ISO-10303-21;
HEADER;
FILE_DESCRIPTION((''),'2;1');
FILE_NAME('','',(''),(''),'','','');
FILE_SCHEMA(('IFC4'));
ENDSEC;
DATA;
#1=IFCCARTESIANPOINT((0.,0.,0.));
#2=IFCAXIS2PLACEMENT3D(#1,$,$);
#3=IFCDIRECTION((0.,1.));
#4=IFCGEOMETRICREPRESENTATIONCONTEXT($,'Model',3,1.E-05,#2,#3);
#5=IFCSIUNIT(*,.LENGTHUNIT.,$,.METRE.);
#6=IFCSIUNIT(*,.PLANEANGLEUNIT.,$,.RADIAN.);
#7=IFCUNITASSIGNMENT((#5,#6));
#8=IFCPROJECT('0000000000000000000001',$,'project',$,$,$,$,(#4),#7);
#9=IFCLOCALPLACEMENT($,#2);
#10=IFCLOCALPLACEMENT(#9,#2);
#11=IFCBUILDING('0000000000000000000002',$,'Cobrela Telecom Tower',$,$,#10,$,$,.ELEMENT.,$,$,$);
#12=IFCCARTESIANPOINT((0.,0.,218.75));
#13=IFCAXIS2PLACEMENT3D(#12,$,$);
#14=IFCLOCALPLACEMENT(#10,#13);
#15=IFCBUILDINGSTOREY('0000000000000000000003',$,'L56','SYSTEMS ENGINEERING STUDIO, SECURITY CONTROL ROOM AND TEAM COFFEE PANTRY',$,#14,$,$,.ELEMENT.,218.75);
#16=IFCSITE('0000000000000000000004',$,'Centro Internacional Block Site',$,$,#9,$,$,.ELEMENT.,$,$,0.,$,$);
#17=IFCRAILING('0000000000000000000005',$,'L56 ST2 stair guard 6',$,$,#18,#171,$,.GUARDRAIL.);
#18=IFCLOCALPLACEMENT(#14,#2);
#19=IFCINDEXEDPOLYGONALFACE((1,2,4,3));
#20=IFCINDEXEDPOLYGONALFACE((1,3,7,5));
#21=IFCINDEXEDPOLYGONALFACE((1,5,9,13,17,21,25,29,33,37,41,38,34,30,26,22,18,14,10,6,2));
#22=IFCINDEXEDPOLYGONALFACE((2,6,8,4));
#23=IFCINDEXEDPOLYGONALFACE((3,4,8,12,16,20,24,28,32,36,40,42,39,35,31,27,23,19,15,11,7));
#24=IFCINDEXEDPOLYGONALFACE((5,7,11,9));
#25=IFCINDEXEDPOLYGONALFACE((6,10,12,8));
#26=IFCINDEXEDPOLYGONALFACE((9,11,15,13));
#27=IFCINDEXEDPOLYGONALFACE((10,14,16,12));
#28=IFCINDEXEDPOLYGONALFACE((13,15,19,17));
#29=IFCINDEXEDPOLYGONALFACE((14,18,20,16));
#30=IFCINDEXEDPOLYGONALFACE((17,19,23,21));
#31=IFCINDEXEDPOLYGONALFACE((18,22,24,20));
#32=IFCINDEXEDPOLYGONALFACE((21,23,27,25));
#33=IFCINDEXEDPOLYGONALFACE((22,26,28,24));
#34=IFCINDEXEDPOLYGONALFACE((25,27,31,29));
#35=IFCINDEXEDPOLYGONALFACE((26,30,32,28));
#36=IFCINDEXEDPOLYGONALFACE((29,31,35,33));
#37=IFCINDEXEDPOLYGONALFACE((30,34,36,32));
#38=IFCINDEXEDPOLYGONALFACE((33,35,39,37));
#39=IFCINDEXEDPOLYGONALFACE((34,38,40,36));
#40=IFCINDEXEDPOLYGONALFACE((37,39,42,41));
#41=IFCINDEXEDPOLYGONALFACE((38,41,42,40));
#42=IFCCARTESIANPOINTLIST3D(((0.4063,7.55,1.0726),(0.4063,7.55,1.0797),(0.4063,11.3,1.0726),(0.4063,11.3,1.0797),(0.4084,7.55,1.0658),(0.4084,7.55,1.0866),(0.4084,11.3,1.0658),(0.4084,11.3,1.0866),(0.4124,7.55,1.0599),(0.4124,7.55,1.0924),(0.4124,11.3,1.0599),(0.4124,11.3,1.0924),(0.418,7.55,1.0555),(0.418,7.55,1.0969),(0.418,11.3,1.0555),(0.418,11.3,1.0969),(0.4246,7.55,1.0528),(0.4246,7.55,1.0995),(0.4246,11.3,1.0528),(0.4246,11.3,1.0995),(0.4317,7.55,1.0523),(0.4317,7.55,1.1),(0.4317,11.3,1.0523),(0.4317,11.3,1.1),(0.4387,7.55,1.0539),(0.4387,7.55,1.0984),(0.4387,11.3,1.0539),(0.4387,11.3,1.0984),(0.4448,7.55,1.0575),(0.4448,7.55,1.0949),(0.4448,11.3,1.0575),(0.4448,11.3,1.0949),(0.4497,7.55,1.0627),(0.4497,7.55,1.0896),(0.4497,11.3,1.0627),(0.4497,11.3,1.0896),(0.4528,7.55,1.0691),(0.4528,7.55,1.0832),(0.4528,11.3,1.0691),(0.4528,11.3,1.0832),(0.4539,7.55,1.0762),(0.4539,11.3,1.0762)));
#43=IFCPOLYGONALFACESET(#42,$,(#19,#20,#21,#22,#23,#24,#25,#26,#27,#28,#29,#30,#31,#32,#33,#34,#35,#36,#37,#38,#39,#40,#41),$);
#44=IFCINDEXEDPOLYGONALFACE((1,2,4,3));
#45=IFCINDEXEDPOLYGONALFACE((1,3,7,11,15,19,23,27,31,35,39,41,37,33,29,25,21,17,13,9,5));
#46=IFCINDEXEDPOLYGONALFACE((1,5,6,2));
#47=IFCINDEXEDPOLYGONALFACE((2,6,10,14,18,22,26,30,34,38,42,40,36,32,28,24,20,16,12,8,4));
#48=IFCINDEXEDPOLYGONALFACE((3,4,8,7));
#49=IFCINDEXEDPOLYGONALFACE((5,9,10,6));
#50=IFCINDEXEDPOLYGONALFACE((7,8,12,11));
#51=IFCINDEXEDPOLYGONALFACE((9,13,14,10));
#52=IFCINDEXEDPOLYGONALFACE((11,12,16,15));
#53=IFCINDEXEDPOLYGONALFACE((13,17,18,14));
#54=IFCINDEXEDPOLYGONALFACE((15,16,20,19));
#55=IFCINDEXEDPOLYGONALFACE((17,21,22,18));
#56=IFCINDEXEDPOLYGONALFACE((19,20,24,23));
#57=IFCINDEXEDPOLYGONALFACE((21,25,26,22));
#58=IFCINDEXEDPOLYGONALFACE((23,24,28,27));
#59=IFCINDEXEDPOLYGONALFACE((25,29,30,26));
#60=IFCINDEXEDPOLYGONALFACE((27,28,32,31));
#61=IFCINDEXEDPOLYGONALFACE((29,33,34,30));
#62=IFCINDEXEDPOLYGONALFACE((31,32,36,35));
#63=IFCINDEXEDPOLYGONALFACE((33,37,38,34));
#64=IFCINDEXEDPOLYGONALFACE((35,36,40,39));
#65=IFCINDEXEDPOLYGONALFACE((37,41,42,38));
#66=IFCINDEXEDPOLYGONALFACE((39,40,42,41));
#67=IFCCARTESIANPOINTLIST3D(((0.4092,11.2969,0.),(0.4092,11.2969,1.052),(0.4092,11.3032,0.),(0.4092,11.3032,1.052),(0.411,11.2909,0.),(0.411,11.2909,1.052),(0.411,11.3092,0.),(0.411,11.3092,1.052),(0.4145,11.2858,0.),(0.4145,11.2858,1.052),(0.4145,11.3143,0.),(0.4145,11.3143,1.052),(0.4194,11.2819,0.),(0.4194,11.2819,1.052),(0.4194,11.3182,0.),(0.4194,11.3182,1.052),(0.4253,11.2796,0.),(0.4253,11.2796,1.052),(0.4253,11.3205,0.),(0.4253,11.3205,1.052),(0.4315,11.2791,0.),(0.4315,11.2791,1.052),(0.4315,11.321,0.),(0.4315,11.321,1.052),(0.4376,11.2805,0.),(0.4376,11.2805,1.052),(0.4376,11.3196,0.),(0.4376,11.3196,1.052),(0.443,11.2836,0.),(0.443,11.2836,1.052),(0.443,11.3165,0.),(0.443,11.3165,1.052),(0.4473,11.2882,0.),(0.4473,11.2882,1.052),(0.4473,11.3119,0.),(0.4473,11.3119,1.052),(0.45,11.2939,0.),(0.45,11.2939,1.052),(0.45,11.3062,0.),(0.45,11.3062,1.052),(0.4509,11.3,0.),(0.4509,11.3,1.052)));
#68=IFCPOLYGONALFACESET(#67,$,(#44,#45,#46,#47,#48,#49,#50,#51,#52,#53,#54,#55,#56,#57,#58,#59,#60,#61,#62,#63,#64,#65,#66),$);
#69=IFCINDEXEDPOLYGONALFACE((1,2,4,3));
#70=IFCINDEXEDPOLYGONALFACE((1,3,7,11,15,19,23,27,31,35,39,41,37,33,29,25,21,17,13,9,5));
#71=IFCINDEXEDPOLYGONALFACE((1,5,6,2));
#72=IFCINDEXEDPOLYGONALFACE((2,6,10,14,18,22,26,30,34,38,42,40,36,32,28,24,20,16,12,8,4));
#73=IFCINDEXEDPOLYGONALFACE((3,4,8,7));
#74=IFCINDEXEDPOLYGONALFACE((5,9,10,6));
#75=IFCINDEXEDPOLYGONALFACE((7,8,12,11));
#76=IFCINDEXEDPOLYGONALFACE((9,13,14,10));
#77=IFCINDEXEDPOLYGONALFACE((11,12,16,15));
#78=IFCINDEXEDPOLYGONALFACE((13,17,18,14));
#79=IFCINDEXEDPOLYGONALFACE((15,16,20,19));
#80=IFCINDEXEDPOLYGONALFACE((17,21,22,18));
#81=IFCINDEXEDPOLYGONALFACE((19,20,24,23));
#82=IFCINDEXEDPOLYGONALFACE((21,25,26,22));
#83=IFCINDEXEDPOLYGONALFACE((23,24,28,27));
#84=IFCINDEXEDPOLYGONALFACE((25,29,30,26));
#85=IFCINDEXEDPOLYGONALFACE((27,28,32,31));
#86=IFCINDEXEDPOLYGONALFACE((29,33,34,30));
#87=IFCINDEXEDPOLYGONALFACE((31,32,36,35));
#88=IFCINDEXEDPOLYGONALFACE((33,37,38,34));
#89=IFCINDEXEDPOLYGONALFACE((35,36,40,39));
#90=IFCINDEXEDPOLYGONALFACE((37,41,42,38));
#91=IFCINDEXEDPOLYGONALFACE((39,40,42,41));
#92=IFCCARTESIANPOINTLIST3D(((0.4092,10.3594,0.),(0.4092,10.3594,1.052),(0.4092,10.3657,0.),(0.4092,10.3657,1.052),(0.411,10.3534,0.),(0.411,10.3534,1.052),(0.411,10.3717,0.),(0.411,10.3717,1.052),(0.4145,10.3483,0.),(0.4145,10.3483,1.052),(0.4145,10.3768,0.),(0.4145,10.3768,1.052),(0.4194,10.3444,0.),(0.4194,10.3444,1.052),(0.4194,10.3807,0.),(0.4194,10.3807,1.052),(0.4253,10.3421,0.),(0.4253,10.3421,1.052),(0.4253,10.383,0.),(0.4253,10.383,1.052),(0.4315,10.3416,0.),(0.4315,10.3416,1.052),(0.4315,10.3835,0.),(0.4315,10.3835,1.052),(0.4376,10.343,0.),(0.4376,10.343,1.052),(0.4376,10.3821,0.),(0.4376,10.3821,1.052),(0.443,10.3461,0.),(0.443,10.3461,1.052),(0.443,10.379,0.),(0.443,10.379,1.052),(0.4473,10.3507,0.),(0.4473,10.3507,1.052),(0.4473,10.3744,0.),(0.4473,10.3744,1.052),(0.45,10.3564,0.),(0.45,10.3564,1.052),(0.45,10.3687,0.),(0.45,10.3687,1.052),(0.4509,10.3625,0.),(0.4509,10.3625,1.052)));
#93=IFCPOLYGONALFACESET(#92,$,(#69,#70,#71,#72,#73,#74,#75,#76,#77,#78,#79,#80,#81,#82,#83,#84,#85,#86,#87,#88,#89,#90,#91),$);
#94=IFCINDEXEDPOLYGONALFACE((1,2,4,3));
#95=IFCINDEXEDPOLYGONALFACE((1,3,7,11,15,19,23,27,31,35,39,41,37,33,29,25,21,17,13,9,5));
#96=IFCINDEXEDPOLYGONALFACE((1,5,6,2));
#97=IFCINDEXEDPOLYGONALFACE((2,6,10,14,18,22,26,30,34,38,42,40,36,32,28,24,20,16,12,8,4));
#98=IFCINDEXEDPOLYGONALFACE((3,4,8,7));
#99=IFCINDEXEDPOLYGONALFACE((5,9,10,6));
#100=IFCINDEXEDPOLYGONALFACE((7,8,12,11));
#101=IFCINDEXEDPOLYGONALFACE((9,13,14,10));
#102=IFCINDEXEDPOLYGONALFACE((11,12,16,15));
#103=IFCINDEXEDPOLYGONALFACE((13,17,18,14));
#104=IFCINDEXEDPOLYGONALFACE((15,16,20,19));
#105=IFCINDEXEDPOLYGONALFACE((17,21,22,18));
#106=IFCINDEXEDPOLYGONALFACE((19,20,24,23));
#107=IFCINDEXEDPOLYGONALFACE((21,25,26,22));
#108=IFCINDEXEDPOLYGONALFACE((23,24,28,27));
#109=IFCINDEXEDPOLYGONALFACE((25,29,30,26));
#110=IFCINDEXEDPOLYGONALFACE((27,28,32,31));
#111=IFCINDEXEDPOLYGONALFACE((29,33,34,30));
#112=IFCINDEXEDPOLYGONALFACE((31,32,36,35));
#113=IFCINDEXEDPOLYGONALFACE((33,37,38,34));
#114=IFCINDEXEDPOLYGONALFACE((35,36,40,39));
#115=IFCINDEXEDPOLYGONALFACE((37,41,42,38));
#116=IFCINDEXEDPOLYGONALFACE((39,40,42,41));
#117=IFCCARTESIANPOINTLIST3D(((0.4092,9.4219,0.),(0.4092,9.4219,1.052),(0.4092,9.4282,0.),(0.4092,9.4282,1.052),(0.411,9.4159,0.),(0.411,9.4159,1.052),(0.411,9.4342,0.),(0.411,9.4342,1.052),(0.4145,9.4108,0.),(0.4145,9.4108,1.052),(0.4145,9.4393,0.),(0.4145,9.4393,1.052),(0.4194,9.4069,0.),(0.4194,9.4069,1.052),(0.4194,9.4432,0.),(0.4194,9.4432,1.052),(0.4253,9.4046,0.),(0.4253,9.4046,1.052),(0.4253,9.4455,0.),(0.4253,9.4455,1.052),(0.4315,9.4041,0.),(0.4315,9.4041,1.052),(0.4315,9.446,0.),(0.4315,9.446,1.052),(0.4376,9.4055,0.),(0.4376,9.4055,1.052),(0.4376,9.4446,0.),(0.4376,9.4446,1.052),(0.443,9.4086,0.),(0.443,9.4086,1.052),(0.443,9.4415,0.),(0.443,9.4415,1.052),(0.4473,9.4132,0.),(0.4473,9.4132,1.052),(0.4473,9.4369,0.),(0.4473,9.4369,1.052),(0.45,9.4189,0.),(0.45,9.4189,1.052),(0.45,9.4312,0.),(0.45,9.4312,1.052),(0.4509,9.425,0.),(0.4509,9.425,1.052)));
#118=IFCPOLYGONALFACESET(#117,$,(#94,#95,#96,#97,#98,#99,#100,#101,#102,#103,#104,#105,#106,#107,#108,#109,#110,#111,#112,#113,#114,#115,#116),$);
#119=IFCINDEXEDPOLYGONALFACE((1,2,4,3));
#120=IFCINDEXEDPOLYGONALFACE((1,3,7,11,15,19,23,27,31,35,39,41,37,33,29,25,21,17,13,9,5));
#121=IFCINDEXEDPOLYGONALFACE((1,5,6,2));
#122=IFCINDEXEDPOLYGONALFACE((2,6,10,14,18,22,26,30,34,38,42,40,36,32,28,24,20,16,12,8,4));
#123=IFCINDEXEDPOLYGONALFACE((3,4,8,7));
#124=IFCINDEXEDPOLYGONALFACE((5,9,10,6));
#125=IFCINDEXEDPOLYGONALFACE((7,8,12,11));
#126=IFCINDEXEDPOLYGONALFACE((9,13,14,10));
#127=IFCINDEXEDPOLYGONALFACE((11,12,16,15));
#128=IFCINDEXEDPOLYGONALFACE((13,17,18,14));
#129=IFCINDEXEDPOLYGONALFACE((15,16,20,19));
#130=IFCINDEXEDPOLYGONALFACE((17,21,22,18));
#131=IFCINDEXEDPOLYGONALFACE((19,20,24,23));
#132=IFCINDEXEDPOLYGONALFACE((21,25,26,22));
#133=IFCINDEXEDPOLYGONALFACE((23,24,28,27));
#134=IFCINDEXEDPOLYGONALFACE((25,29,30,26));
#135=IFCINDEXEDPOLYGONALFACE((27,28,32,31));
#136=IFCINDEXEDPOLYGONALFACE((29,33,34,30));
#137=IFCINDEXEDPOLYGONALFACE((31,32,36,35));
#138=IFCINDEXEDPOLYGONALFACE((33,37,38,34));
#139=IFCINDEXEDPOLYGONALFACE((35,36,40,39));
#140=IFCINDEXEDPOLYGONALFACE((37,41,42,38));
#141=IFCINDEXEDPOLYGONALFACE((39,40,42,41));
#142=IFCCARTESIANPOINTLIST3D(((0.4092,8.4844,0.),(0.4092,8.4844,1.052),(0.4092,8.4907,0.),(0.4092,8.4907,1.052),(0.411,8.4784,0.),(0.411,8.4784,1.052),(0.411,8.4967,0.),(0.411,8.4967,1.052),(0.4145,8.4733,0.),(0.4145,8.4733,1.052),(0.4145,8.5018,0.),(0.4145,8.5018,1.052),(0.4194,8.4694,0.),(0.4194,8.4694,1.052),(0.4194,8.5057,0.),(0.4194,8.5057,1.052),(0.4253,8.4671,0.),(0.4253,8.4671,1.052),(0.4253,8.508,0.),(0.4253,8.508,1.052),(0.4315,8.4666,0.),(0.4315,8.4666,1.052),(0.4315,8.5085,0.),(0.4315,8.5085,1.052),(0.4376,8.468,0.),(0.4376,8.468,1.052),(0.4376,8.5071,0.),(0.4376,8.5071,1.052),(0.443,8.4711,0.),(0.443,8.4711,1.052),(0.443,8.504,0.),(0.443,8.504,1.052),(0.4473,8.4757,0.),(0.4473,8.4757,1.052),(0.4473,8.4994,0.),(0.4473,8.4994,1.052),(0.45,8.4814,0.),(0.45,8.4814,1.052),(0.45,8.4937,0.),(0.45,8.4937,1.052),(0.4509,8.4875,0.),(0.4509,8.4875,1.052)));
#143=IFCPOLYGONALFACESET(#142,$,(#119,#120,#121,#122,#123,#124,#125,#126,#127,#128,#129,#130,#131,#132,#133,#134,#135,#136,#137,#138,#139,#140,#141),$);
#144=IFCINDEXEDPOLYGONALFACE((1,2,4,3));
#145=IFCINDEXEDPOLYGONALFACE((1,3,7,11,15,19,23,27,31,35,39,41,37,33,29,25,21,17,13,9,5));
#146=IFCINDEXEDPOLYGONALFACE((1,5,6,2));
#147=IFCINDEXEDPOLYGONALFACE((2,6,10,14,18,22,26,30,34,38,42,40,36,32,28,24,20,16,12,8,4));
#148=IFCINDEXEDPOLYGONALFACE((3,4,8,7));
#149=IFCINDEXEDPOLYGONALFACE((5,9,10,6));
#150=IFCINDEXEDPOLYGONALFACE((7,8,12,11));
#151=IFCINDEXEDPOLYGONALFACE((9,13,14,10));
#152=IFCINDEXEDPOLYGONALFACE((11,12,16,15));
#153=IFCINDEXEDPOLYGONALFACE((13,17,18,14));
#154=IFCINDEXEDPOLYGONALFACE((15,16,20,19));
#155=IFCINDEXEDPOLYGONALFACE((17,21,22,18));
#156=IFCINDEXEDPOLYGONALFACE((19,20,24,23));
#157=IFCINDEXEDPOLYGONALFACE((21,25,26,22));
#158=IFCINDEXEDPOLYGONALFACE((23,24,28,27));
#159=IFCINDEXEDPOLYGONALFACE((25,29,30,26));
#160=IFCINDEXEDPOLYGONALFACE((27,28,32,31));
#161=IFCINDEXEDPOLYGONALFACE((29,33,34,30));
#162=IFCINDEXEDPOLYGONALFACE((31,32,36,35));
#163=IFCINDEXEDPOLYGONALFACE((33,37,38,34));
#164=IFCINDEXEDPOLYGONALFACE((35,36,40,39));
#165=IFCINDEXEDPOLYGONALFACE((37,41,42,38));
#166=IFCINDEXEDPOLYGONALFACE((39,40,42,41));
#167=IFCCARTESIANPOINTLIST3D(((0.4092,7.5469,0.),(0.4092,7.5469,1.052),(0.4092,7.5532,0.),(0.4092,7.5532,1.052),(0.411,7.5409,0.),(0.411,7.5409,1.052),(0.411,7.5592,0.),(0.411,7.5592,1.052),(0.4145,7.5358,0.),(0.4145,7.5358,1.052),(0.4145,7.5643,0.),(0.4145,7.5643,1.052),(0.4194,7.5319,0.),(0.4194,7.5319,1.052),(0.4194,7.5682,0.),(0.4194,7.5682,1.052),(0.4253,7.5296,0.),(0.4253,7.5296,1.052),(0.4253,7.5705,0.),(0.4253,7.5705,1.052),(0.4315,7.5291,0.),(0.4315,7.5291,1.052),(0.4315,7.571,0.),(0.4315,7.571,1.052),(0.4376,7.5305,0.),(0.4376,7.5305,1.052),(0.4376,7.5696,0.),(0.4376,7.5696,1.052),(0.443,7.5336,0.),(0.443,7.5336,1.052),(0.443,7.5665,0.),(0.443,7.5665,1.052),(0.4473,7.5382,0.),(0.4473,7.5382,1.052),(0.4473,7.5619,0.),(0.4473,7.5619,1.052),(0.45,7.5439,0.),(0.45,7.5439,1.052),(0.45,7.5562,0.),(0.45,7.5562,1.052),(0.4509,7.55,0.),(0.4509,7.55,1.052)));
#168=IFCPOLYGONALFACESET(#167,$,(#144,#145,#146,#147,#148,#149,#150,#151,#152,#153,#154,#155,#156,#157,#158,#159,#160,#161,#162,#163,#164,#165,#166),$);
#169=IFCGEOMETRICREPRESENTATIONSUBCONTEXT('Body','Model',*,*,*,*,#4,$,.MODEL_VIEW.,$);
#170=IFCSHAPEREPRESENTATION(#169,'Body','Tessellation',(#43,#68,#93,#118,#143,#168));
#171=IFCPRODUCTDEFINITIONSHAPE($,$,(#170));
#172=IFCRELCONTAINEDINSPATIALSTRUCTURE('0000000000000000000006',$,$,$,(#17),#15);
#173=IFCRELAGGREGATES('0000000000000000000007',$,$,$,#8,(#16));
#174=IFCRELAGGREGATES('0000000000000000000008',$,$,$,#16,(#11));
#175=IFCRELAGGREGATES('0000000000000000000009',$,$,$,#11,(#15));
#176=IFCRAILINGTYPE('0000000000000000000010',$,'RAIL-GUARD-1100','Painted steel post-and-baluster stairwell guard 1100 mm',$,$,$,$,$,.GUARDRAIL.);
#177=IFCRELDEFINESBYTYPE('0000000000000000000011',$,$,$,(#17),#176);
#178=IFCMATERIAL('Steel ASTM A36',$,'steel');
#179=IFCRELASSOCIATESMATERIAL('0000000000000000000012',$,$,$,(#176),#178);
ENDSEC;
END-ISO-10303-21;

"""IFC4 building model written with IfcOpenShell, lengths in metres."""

from ifc_helpers import new_model, si_unit, direction, frame, origin, origin_2d, place, context, subcontext, project, spatial, circle, extrude, material, type_object, element, save


model = new_model("IFC4")

# Units and contexts
model_context = context("Model", 3, precision=1e-05, world=origin(), true_north=direction((0.0, 1.0)))
body_context = subcontext(model_context, "Body", "Model", "MODEL_VIEW")
ifc_project = project(units=[si_unit("LENGTHUNIT", "METRE"), si_unit("PLANEANGLEUNIT", "RADIAN")], contexts=[model_context])

# Site, building, storey
site_placement = place(None, origin())
site = spatial("IfcSite", under=ifc_project, at=site_placement, Name="Centro Internacional Block Site", CompositionType="ELEMENT", RefElevation=0.0)
building_placement = place(site_placement, origin())
building = spatial("IfcBuilding", under=site, at=building_placement, Name="Cobrela Telecom Tower", CompositionType="ELEMENT")
storey_placement = place(building_placement, frame((0.0, 0.0, 218.75)))
storey = spatial("IfcBuildingStorey", under=building, at=storey_placement, Name="L56", Description="SYSTEMS ENGINEERING STUDIO, SECURITY CONTROL ROOM AND TEAM COFFEE PANTRY", CompositionType="ELEMENT", Elevation=218.75)

# Shared definitions
ifc_material_1 = material(Name="Steel ASTM A36", Category="steel")

# Railing
railing_type = type_object("IfcRailingType", Name="RAIL-GUARD-1100", Description="Painted steel post-and-baluster stairwell guard 1100 mm", PredefinedType="GUARDRAIL", material=ifc_material_1)
railing_1_placement = place(storey_placement, frame((0.4299, 11.3, 0.0)))
element("IfcRailing", 1, at=railing_1_placement, inside=storey, type_object=railing_type, Name="L56 ST2 stair guard 6", PredefinedType="GUARDRAIL", context=body_context, shape_type="SweptSolid", body=[
    extrude(circle(Radius=0.0239, at=origin_2d()), frame((0.0, 0.0, 1.0762), z_axis=(0.0, -1.0, 0.0), x_axis=(1.0, 0.0, 0.0)), (0.0, 0.0, 1.0), 3.75),
    extrude(circle(Radius=0.021, at=origin_2d()), origin(), (0.0, 0.0, 1.0), 1.052),
    extrude(circle(Radius=0.021, at=origin_2d()), frame((0.0, -0.9375, 0.0)), (0.0, 0.0, 1.0), 1.052),
    extrude(circle(Radius=0.021, at=origin_2d()), frame((0.0, -1.875, 0.0)), (0.0, 0.0, 1.0), 1.052),
    extrude(circle(Radius=0.021, at=origin_2d()), frame((0.0, -2.8125, 0.0)), (0.0, 0.0, 1.0), 1.052),
    extrude(circle(Radius=0.021, at=origin_2d()), frame((0.0, -3.75, 0.0)), (0.0, 0.0, 1.0), 1.052),
])

save(model, "model.ifc")
